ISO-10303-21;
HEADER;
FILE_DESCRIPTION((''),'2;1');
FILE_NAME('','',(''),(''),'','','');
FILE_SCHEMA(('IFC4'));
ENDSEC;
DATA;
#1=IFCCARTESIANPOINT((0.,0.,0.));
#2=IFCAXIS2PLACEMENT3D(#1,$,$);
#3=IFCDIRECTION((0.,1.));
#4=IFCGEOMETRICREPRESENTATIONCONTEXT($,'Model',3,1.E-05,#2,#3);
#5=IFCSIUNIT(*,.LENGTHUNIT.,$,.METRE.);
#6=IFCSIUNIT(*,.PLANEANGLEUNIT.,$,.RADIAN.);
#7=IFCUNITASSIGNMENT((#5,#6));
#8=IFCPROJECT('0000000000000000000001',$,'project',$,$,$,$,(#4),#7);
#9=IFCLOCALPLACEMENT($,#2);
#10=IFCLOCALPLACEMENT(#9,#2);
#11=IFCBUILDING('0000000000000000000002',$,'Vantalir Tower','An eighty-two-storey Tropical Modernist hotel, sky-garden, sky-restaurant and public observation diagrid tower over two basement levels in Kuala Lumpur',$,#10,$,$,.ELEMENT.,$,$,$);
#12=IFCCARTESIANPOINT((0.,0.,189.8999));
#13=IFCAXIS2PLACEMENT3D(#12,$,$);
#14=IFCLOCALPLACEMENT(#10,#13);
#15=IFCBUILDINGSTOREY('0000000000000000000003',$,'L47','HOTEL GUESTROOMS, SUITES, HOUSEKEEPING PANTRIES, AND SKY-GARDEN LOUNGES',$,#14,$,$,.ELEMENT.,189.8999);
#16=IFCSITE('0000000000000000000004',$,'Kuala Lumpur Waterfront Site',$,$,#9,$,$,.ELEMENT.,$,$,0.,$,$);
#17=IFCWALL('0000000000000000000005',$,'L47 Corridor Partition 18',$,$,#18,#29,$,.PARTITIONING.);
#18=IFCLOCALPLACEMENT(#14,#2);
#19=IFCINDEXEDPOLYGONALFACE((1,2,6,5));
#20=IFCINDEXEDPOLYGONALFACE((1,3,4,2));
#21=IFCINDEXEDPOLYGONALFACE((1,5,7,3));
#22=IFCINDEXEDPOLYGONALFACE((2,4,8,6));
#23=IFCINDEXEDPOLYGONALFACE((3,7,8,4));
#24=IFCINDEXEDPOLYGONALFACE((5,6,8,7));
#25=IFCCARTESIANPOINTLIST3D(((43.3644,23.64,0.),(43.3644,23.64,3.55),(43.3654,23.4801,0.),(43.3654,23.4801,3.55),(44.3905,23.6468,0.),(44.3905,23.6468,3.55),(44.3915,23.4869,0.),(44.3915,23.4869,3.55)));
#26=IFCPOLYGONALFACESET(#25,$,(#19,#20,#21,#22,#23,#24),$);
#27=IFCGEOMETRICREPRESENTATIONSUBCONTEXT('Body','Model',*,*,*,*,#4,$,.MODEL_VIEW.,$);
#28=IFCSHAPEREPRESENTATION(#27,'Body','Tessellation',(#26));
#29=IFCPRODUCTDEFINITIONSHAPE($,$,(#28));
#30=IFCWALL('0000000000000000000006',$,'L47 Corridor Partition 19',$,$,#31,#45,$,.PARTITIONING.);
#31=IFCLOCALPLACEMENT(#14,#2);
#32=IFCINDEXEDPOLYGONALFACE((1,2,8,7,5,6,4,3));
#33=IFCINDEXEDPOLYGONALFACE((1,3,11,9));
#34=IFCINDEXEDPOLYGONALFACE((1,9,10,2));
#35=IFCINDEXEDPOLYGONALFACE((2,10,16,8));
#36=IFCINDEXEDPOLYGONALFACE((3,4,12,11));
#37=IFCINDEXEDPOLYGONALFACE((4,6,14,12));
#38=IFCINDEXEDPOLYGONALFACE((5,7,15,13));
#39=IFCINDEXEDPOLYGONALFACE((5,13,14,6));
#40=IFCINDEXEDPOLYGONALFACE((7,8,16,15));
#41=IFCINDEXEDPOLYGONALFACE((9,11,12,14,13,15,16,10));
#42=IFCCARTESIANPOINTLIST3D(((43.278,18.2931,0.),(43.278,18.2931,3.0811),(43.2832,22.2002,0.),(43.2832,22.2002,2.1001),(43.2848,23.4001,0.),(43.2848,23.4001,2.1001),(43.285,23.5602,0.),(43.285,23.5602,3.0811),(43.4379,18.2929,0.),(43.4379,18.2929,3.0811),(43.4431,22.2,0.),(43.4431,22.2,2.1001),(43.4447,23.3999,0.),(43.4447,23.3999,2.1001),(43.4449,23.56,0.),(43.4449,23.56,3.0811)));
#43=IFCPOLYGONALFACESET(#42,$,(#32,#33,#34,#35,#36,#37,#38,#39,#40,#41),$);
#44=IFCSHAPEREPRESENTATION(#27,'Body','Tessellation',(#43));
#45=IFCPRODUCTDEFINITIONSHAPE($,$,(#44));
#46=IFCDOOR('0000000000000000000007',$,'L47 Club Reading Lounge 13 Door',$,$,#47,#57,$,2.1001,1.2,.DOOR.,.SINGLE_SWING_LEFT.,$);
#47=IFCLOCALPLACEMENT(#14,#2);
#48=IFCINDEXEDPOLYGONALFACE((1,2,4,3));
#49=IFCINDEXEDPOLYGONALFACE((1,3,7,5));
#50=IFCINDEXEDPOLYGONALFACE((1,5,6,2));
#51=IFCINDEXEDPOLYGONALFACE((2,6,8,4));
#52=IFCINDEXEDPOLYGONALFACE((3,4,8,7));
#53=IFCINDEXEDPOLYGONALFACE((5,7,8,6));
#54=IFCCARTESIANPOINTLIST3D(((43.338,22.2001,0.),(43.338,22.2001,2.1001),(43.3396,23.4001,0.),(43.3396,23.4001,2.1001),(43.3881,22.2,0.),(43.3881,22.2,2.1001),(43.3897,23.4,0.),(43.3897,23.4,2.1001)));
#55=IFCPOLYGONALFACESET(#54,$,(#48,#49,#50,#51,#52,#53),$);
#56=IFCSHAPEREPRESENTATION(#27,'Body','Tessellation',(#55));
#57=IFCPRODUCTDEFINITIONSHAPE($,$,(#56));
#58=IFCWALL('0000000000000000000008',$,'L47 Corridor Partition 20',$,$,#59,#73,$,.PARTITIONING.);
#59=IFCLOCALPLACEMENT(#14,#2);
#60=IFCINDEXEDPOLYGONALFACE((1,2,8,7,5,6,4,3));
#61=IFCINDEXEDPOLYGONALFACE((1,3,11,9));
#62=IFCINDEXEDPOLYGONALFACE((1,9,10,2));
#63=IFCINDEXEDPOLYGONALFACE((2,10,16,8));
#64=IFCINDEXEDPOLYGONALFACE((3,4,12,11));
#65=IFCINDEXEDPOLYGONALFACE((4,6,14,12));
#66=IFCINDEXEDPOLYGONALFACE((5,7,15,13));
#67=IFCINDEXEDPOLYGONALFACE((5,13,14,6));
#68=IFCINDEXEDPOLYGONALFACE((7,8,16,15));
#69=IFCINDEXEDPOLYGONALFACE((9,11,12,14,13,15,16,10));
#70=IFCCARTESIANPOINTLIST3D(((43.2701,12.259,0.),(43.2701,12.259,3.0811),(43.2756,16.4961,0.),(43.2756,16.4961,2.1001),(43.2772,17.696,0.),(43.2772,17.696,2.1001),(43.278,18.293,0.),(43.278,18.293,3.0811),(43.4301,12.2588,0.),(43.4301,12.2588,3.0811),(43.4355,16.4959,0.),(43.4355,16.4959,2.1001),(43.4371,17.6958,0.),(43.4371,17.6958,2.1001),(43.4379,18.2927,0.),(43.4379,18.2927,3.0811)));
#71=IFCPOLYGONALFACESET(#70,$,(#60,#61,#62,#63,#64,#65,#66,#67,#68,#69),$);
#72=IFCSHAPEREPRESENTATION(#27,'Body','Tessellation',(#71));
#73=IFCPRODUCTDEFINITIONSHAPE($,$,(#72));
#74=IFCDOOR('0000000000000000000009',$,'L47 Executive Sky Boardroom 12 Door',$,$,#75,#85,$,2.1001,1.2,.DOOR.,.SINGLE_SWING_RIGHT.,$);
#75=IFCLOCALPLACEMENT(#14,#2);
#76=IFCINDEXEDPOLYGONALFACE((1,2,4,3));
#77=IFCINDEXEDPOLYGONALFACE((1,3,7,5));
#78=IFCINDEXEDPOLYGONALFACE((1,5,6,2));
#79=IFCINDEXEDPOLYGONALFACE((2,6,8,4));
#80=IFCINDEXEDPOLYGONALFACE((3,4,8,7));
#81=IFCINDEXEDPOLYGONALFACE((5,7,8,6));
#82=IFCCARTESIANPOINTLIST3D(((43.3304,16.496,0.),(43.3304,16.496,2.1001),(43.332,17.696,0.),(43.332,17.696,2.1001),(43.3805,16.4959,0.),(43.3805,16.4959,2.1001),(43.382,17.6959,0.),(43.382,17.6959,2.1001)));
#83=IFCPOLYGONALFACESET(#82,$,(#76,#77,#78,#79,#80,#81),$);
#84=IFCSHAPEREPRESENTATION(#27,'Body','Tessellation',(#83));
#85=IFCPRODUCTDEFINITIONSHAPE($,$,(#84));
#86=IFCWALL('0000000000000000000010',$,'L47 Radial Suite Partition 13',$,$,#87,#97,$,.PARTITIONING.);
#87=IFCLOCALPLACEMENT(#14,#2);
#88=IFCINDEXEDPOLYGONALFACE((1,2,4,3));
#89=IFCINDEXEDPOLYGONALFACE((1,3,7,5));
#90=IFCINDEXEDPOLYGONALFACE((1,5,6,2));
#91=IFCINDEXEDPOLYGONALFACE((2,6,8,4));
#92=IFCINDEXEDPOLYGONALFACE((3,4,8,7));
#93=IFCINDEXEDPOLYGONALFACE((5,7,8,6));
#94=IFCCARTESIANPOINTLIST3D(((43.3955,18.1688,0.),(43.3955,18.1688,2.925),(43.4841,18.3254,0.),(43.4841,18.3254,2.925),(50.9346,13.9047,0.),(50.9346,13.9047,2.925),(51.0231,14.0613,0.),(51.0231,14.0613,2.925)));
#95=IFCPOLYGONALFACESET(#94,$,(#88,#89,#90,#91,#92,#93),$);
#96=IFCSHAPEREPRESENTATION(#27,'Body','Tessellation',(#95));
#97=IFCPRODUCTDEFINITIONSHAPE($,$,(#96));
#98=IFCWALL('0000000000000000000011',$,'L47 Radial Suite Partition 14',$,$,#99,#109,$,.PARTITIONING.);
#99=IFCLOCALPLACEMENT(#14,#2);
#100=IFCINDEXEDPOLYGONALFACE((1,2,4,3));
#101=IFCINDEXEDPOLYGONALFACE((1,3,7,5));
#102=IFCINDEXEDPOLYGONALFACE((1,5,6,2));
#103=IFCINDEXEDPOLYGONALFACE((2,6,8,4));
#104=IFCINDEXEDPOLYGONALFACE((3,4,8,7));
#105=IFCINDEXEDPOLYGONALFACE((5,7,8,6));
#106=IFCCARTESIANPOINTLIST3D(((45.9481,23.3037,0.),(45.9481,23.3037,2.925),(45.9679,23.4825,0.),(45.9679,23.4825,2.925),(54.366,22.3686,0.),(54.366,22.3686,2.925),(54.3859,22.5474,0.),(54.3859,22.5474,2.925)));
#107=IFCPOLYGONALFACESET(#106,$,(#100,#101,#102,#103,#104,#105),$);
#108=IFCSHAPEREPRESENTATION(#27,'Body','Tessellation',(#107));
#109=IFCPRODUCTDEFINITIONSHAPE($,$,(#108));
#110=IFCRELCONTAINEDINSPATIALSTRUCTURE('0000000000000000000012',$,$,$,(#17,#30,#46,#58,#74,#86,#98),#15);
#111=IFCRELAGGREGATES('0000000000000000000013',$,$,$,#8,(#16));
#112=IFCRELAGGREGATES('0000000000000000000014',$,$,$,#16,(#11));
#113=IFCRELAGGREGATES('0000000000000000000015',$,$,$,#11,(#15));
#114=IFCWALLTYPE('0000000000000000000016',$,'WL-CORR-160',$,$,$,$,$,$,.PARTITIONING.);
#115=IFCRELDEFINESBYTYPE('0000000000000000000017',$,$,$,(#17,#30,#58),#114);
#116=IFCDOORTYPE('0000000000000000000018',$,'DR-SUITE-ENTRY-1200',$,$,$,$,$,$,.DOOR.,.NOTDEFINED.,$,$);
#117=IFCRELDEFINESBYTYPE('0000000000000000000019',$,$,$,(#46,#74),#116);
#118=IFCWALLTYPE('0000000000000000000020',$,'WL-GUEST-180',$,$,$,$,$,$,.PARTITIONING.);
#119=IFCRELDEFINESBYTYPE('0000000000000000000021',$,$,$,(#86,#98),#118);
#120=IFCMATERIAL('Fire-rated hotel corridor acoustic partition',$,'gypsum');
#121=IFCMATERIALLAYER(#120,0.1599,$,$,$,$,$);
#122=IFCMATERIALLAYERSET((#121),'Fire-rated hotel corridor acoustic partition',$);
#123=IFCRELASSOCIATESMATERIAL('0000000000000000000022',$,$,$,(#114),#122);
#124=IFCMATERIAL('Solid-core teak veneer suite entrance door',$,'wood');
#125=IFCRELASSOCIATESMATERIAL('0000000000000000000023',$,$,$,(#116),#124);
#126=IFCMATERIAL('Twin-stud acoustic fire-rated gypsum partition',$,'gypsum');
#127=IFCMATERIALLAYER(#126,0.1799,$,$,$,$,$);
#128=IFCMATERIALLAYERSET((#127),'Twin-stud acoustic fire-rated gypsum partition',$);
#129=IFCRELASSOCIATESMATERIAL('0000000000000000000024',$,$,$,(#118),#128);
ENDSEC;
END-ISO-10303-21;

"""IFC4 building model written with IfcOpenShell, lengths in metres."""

from ifc_helpers import new_model, si_unit, direction, frame, frame_2d, origin, place, context, subcontext, project, spatial, rectangle, extrude, material, layer, layer_set, type_object, element, fill, save


model = new_model("IFC4")

# Units and contexts
model_context = context("Model", 3, precision=1e-05, world=origin(), true_north=direction((0.0, 1.0)))
body_context = subcontext(model_context, "Body", "Model", "MODEL_VIEW")
ifc_project = project(units=[si_unit("LENGTHUNIT", "METRE"), si_unit("PLANEANGLEUNIT", "RADIAN")], contexts=[model_context])

# Site, building, storey
site_placement = place(None, origin())
site = spatial("IfcSite", under=ifc_project, at=site_placement, Name="Kuala Lumpur Waterfront Site", CompositionType="ELEMENT", RefElevation=0.0)
building_placement = place(site_placement, origin())
building = spatial("IfcBuilding", under=site, at=building_placement, Name="Vantalir Tower", Description="An eighty-two-storey Tropical Modernist hotel, sky-garden, sky-restaurant and public observation diagrid tower over two basement levels in Kuala Lumpur", CompositionType="ELEMENT")
storey_placement = place(building_placement, frame((0.0, 0.0, 189.8999)))
storey = spatial("IfcBuildingStorey", under=building, at=storey_placement, Name="L47", Description="HOTEL GUESTROOMS, SUITES, HOUSEKEEPING PANTRIES, AND SKY-GARDEN LOUNGES", CompositionType="ELEMENT", Elevation=189.8999)

# Wall
ifc_material_1 = material(Name="Fire-rated hotel corridor acoustic partition", Category="gypsum")
ifc_layer_1 = layer(ifc_material_1, 0.1599)
ifc_layer_set_1 = layer_set([ifc_layer_1], Name="Fire-rated hotel corridor acoustic partition")
wall_type_1 = type_object("IfcWallType", Name="WL-CORR-160", PredefinedType="PARTITIONING", material=ifc_layer_set_1)
wall_1_placement = place(storey_placement, frame((44.3911, 23.5669, 0.0), z_axis=(0.0, 0.0, 1.0), x_axis=(-0.999978, -0.006662, 0.0)))
element("IfcWall", 1, at=wall_1_placement, inside=storey, type_object=wall_type_1, Name="L47 Corridor Partition 18", PredefinedType="PARTITIONING", context=body_context, shape_type="SweptSolid", body=[
    extrude(rectangle(XDim=1.0261, YDim=0.1599, at=frame_2d((0.5132, 0.0))), origin(), (0.0, 0.0, 1.0), 3.55),
])

# Walls, openings, doors
wall_2_placement = place(storey_placement, frame((43.365, 23.5601, 0.0), z_axis=(0.0, 0.0, 1.0), x_axis=(-0.001344, -0.999999, 0.0)))
wall_2 = element("IfcWall", 2, at=wall_2_placement, inside=storey, type_object=wall_type_1, Name="L47 Corridor Partition 19", PredefinedType="PARTITIONING", context=body_context, shape_type="SweptSolid", body=[
    extrude(rectangle(XDim=5.2671, YDim=0.1599, at=frame_2d((2.6335, 0.0))), origin(), (0.0, 0.0, 1.0), 3.0811),
])
opening_1_placement = place(wall_2_placement, frame((0.1599, 0.0, 0.0)))
opening_1 = element("IfcOpeningElement", 3, at=opening_1_placement, cuts=wall_2, PredefinedType="OPENING", context=body_context, shape_type="SweptSolid", body=[
    extrude(rectangle(XDim=1.2, YDim=2.1001, at=frame_2d((0.6001, 1.05))), frame((0.0, 0.0898, 0.0), z_axis=(0.0, -1.0, 0.0), x_axis=(1.0, 0.0, 0.0)), (0.0, 0.0, 1.0), 0.1799),
])
ifc_material_2 = material(Name="Solid-core teak veneer suite entrance door", Category="wood")
door_type_1 = type_object("IfcDoorType", Name="DR-SUITE-ENTRY-1200", OperationType="NOTDEFINED", PredefinedType="DOOR", material=ifc_material_2)
door_1_placement = place(opening_1_placement, origin())
door_1 = element("IfcDoor", 4, at=door_1_placement, inside=storey, type_object=door_type_1, Name="L47 Club Reading Lounge 13 Door", OperationType="SINGLE_SWING_LEFT", OverallHeight=2.1001, OverallWidth=1.2, PredefinedType="DOOR", context=body_context, shape_type="SweptSolid", body=[
    extrude(rectangle(XDim=1.2, YDim=2.1001, at=frame_2d((0.6001, 1.05))), frame((0.0, 0.0249, 0.0), z_axis=(0.0, -1.0, 0.0), x_axis=(1.0, 0.0, 0.0)), (0.0, 0.0, 1.0), 0.05),
])
fill(opening_1, door_1)
wall_3_placement = place(storey_placement, frame((43.3579, 18.293, 0.0), z_axis=(0.0, 0.0, 1.0), x_axis=(-0.001295, -0.999999, 0.0)))
wall_3 = element("IfcWall", 5, at=wall_3_placement, inside=storey, type_object=wall_type_1, Name="L47 Corridor Partition 20", PredefinedType="PARTITIONING", context=body_context, shape_type="SweptSolid", body=[
    extrude(rectangle(XDim=6.0339, YDim=0.1599, at=frame_2d((3.0171, 0.0))), origin(), (0.0, 0.0, 1.0), 3.0811),
])
opening_2_placement = place(wall_3_placement, frame((0.5969, 0.0, 0.0)))
opening_2 = element("IfcOpeningElement", 6, at=opening_2_placement, cuts=wall_3, PredefinedType="OPENING", context=body_context, shape_type="SweptSolid", body=[
    extrude(rectangle(XDim=1.2, YDim=2.1001, at=frame_2d((0.6001, 1.05))), frame((0.0, 0.0898, 0.0), z_axis=(0.0, -1.0, 0.0), x_axis=(1.0, 0.0, 0.0)), (0.0, 0.0, 1.0), 0.1799),
])
door_2_placement = place(opening_2_placement, origin())
door_2 = element("IfcDoor", 7, at=door_2_placement, inside=storey, type_object=door_type_1, Name="L47 Executive Sky Boardroom 12 Door", OperationType="SINGLE_SWING_RIGHT", OverallHeight=2.1001, OverallWidth=1.2, PredefinedType="DOOR", context=body_context, shape_type="SweptSolid", body=[
    extrude(rectangle(XDim=1.2, YDim=2.1001, at=frame_2d((0.6001, 1.05))), frame((0.0, 0.0249, 0.0), z_axis=(0.0, -1.0, 0.0), x_axis=(1.0, 0.0, 0.0)), (0.0, 0.0, 1.0), 0.05),
])
fill(opening_2, door_2)

# Walls
ifc_material_3 = material(Name="Twin-stud acoustic fire-rated gypsum partition", Category="gypsum")
ifc_layer_2 = layer(ifc_material_3, 0.1799)
ifc_layer_set_2 = layer_set([ifc_layer_2], Name="Twin-stud acoustic fire-rated gypsum partition")
wall_type_2 = type_object("IfcWallType", Name="WL-GUEST-180", PredefinedType="PARTITIONING", material=ifc_layer_set_2)
wall_4_placement = place(storey_placement, frame((43.4399, 18.2471, 0.0), z_axis=(0.0, 0.0, 1.0), x_axis=(0.870417, -0.492315, 0.0)))
element("IfcWall", 8, at=wall_4_placement, inside=storey, type_object=wall_type_2, Name="L47 Radial Suite Partition 13", PredefinedType="PARTITIONING", context=body_context, shape_type="SweptSolid", body=[
    extrude(rectangle(XDim=8.6614, YDim=0.1799, at=frame_2d((4.3306, 0.0))), origin(), (0.0, 0.0, 1.0), 2.925),
])
wall_5_placement = place(storey_placement, frame((45.958, 23.3931, 0.0), z_axis=(0.0, 0.0, 1.0), x_axis=(0.993887, -0.1104, 0.0)))
element("IfcWall", 9, at=wall_5_placement, inside=storey, type_object=wall_type_2, Name="L47 Radial Suite Partition 14", PredefinedType="PARTITIONING", context=body_context, shape_type="SweptSolid", body=[
    extrude(rectangle(XDim=8.4697, YDim=0.1799, at=frame_2d((4.2349, 0.0))), origin(), (0.0, 0.0, 1.0), 2.925),
])

save(model, "model.ifc")
